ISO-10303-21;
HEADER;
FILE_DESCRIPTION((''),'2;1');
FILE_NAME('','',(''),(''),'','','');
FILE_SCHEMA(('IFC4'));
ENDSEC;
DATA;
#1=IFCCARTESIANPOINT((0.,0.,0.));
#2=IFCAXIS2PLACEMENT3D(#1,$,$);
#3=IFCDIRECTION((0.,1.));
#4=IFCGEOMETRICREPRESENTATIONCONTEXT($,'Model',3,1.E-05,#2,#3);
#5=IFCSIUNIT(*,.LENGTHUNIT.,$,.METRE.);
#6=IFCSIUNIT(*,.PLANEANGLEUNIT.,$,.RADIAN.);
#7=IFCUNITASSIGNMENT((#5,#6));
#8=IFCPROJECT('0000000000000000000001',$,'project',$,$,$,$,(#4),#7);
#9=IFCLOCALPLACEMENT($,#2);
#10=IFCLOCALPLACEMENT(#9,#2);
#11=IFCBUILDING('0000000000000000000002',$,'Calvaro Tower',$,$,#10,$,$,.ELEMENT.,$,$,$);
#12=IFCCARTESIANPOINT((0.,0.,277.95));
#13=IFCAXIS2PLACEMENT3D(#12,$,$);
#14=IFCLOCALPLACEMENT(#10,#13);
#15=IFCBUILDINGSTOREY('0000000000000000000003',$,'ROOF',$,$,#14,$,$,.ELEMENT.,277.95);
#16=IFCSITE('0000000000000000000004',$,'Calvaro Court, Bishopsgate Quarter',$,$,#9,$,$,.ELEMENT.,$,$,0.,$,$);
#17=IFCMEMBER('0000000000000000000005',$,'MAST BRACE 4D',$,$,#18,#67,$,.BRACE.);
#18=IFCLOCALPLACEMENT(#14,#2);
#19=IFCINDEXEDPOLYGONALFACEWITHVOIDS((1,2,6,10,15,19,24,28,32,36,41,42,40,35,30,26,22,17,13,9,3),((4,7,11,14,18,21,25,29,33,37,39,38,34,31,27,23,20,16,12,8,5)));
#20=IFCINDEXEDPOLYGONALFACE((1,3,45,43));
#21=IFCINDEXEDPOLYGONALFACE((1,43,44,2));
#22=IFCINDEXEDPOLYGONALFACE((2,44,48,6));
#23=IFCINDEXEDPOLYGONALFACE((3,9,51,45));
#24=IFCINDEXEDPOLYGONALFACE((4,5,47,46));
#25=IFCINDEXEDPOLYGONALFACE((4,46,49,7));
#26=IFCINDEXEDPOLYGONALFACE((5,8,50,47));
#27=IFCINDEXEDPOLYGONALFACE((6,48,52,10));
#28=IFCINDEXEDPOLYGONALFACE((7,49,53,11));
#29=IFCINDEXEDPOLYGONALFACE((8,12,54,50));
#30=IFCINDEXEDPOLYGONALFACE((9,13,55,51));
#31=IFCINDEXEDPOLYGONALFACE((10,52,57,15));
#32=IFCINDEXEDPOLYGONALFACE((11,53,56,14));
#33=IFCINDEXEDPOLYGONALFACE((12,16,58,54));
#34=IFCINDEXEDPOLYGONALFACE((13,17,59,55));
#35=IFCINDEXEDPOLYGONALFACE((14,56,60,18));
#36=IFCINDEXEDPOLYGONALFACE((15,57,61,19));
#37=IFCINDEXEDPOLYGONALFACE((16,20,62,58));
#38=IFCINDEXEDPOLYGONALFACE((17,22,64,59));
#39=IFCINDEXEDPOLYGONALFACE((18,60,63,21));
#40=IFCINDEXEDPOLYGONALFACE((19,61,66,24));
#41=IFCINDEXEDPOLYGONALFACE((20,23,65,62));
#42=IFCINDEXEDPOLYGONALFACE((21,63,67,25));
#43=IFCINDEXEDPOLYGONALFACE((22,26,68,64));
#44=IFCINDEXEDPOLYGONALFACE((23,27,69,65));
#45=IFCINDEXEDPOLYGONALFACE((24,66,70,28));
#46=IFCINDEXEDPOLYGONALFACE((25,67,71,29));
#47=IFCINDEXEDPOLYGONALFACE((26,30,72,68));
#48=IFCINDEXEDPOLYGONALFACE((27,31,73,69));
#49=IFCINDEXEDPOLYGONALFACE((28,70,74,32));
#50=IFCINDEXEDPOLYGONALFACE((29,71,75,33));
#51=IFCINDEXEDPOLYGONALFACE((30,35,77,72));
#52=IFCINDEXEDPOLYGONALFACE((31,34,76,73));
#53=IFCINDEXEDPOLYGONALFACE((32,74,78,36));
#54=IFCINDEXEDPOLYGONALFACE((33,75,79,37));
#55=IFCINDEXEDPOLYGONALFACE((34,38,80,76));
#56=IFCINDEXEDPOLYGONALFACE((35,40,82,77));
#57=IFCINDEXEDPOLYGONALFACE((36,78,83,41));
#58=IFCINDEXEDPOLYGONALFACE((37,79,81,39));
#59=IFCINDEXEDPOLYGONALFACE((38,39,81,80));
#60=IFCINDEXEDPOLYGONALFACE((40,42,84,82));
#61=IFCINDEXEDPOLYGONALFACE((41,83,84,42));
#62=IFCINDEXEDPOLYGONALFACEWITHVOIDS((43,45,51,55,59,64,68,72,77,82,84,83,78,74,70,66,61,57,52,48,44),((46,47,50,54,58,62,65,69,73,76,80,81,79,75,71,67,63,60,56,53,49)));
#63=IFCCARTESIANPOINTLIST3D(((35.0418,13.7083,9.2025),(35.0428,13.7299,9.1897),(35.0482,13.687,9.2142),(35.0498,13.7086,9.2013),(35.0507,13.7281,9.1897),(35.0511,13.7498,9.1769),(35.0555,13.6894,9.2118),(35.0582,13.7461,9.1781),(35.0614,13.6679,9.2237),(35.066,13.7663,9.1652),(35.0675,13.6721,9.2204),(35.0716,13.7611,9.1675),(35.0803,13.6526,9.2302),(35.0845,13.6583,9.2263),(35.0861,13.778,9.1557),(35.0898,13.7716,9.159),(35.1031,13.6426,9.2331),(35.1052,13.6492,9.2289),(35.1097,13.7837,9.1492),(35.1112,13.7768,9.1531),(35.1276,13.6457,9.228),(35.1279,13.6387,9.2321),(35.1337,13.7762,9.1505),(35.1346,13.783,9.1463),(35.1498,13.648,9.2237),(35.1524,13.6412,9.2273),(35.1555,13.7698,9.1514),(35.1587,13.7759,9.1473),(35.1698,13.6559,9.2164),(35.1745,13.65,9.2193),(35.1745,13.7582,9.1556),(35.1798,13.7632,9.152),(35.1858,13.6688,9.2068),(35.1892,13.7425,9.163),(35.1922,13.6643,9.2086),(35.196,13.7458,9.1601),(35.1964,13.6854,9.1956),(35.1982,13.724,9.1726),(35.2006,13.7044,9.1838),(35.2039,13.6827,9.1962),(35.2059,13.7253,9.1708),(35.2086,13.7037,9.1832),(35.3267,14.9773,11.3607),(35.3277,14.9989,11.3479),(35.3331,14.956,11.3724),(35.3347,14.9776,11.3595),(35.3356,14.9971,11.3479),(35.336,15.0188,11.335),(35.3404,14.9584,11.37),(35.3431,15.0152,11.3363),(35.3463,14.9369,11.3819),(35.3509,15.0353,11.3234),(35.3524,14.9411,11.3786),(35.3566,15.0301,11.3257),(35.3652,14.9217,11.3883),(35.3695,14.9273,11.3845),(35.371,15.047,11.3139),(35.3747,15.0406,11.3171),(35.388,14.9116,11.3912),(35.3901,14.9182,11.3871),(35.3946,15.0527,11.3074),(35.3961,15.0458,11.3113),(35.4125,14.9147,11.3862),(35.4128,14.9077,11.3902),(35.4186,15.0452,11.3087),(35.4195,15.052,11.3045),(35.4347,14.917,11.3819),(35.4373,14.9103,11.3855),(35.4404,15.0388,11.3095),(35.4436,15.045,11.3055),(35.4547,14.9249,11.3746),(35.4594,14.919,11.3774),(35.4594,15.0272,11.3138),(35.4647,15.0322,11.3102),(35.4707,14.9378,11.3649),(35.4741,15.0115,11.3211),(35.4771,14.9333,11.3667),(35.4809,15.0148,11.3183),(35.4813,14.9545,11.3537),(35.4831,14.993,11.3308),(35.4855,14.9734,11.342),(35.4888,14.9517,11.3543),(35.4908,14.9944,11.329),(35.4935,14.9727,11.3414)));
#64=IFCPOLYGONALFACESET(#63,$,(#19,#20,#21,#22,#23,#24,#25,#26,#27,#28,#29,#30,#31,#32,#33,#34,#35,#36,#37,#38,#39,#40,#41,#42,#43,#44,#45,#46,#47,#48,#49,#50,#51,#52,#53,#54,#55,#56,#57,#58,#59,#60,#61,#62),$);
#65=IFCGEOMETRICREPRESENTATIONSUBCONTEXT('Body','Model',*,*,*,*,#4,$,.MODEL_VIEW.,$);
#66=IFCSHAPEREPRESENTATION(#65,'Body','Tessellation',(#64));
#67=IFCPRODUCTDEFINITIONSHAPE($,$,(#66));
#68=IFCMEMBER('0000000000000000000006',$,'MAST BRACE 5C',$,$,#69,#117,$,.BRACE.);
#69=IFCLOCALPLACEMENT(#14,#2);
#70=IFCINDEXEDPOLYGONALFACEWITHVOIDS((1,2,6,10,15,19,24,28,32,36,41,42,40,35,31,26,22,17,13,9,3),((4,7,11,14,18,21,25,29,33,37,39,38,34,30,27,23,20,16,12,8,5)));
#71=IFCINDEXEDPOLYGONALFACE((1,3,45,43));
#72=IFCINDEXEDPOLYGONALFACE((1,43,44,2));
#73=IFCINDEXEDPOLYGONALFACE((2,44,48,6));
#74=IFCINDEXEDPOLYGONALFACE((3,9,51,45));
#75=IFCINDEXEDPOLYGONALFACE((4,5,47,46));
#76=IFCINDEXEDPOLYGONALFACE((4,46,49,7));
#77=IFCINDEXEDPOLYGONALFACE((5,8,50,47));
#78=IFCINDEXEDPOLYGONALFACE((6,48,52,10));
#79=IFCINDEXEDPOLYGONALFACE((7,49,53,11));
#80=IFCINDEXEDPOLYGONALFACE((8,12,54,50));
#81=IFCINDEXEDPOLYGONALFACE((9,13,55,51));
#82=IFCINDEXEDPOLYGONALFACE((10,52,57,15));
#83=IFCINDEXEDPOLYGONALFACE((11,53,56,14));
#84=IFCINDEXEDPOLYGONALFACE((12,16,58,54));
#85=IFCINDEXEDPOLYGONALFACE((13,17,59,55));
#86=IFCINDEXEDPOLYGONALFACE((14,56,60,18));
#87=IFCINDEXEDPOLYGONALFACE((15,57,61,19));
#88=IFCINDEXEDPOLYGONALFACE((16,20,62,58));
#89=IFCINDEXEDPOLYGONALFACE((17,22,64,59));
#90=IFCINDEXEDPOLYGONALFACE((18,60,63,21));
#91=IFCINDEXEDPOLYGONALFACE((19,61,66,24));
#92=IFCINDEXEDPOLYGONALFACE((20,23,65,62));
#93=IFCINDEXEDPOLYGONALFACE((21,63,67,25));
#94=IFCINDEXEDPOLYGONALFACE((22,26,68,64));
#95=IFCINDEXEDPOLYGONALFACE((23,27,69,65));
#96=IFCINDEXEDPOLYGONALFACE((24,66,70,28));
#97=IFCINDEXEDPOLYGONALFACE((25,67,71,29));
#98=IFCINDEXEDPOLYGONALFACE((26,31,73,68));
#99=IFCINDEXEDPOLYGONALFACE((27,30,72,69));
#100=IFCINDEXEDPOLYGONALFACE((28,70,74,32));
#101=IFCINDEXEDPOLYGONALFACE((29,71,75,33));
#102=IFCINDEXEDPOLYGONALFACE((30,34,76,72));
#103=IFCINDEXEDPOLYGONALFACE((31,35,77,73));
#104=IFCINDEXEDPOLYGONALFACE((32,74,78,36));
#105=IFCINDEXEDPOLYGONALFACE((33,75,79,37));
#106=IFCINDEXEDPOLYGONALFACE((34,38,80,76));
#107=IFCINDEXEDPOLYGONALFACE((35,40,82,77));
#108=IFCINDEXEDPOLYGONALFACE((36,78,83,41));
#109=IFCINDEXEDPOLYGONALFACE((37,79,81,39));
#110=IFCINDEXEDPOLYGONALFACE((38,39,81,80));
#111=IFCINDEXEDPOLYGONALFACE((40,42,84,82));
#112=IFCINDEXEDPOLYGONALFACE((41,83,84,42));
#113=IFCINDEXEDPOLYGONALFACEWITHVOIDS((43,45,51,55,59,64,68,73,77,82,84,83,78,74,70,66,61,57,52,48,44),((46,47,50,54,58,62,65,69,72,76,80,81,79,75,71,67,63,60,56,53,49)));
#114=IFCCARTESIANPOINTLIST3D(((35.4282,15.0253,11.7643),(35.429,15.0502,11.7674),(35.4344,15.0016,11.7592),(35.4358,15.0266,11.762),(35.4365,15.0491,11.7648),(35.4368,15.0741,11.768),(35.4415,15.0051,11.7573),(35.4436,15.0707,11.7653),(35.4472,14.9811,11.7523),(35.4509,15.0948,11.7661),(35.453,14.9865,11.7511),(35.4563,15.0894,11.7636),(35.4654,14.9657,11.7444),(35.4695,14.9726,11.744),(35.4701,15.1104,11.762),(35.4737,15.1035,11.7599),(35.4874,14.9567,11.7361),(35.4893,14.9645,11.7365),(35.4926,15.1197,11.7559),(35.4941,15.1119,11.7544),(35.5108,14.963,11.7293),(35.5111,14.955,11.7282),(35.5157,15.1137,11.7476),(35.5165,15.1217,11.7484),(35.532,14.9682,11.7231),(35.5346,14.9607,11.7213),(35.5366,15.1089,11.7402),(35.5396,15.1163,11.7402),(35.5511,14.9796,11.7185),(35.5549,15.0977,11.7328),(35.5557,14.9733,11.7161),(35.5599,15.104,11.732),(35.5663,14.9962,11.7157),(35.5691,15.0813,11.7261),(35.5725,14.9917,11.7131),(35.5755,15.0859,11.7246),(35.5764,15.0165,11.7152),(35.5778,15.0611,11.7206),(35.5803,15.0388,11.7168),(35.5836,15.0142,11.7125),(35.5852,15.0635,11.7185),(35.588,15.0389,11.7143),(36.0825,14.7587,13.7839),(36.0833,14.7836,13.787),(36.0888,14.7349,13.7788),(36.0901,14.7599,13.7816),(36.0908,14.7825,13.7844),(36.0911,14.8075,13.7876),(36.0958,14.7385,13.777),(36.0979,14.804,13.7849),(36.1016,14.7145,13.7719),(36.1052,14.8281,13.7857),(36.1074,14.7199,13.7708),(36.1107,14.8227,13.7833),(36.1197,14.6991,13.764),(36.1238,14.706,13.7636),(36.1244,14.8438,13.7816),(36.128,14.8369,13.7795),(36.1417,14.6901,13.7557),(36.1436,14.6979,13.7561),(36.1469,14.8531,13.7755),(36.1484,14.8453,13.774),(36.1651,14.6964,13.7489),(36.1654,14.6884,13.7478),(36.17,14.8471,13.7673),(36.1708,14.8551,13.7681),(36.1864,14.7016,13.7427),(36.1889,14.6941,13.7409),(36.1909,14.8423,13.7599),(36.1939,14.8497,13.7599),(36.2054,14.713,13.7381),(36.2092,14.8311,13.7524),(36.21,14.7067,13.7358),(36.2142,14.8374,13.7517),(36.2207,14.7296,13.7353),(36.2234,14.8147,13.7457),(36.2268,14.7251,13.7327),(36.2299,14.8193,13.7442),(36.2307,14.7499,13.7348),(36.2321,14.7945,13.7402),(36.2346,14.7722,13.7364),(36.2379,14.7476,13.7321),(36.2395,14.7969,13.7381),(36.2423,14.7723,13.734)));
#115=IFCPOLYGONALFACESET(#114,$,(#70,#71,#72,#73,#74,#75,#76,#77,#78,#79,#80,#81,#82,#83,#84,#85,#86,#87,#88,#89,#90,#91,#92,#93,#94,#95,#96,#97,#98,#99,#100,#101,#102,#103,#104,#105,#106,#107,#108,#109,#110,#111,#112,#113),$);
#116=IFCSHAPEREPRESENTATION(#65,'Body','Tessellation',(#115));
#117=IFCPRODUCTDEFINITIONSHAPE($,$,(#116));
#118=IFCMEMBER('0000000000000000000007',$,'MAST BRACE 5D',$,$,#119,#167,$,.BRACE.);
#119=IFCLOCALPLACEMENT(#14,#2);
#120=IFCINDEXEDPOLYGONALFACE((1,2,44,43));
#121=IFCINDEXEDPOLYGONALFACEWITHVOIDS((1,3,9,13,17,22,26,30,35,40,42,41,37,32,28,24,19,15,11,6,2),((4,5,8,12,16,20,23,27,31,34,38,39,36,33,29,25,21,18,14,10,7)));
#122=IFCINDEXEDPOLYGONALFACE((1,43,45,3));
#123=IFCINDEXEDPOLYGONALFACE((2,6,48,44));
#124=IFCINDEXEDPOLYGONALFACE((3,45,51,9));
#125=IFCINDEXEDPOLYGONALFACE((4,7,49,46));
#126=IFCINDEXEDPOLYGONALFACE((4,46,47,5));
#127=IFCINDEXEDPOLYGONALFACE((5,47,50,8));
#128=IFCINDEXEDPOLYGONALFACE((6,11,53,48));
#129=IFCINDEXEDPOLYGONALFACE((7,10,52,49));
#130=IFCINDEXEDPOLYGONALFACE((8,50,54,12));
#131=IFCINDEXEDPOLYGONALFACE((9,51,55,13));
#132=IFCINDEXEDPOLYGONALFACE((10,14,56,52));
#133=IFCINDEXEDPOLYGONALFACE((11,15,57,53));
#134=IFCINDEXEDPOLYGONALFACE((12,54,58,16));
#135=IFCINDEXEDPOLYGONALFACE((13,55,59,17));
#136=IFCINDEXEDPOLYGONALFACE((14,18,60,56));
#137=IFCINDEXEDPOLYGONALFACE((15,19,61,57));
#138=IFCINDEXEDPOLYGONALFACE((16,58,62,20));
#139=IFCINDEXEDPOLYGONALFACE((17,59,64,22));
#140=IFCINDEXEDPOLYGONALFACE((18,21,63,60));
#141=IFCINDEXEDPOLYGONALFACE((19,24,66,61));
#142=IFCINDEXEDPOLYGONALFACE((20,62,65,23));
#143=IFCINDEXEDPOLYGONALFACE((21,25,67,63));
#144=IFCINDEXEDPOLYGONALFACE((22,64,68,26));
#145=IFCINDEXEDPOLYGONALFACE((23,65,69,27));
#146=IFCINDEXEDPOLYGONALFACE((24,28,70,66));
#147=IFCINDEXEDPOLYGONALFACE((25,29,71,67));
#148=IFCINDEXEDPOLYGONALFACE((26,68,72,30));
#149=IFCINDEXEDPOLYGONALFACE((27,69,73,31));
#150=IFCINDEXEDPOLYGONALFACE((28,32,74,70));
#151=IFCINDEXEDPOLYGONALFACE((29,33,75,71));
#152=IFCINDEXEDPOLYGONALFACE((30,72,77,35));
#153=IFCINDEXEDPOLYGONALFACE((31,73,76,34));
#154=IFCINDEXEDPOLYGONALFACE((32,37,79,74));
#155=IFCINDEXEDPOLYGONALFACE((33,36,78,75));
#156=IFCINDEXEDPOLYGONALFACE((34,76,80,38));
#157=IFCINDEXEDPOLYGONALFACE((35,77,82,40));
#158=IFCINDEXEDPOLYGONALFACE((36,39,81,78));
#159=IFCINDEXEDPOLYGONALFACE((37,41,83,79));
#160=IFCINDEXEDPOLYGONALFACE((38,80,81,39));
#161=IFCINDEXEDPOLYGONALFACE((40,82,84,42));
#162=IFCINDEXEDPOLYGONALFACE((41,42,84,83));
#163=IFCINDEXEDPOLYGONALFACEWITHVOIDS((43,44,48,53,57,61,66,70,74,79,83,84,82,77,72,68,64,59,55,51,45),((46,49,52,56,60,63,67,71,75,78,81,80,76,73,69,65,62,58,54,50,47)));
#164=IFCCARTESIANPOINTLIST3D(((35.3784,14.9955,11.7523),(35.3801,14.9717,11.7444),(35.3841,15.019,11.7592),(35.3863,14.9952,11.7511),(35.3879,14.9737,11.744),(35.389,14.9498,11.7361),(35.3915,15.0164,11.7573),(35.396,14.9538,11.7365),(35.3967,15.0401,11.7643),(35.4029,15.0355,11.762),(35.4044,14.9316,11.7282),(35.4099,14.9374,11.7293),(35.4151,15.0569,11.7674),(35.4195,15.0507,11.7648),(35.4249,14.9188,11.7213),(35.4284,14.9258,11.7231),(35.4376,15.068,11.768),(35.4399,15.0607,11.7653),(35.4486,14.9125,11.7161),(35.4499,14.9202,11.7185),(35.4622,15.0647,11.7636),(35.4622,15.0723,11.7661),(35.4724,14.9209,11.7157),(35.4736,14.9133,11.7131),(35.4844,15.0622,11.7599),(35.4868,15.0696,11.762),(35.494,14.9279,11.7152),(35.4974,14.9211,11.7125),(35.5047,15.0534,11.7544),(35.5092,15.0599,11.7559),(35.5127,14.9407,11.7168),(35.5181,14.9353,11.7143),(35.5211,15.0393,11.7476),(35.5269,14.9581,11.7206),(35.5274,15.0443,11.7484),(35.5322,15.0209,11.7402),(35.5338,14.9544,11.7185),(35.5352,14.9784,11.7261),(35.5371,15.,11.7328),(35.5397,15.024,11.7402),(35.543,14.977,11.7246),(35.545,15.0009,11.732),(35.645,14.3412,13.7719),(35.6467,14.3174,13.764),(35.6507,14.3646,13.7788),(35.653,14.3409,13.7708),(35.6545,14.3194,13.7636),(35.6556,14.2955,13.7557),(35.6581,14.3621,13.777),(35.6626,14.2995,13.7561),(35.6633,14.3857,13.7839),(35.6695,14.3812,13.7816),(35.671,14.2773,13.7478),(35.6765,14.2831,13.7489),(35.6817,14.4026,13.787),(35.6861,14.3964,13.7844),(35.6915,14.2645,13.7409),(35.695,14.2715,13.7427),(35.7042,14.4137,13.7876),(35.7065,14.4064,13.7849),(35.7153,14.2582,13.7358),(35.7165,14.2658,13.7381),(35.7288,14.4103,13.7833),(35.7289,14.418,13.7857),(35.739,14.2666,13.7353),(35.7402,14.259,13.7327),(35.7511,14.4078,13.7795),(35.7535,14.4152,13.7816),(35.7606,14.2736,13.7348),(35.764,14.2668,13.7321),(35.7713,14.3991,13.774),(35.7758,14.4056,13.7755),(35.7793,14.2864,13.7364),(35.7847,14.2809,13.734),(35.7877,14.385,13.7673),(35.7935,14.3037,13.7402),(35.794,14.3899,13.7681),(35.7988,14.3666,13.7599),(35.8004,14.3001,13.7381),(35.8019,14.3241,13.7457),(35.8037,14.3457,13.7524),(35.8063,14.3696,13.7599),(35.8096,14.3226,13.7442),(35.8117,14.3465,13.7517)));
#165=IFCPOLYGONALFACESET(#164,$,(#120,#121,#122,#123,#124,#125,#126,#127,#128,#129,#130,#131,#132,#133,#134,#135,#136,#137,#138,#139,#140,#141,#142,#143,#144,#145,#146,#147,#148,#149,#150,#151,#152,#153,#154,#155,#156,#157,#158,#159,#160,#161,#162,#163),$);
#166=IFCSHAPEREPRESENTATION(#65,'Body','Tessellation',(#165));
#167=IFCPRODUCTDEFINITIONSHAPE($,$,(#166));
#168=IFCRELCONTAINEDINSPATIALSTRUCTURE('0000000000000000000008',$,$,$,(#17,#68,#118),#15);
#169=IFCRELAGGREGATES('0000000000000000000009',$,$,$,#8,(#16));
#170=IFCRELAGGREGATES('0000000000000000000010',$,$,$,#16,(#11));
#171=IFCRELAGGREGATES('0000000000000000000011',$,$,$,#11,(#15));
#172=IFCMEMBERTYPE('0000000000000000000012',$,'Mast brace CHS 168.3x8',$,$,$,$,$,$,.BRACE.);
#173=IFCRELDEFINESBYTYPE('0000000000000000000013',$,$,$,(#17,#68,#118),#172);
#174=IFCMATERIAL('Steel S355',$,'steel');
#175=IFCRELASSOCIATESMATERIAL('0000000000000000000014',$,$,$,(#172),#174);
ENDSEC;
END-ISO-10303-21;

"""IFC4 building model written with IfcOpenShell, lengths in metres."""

from ifc_helpers import new_model, si_unit, direction, frame, origin, origin_2d, place, context, subcontext, project, spatial, hollow_circle, extrude, material, material_profile, profile_set, type_object, element, save


model = new_model("IFC4")

# Units and contexts
model_context = context("Model", 3, precision=1e-05, world=origin(), true_north=direction((0.0, 1.0)))
body_context = subcontext(model_context, "Body", "Model", "MODEL_VIEW")
ifc_project = project(units=[si_unit("LENGTHUNIT", "METRE"), si_unit("PLANEANGLEUNIT", "RADIAN")], contexts=[model_context])

# Site, building, storey
site_placement = place(None, origin())
site = spatial("IfcSite", under=ifc_project, at=site_placement, Name="Calvaro Court, Bishopsgate Quarter", CompositionType="ELEMENT", RefElevation=0.0)
building_placement = place(site_placement, origin())
building = spatial("IfcBuilding", under=site, at=building_placement, Name="Calvaro Tower", CompositionType="ELEMENT")
storey_placement = place(building_placement, frame((0.0, 0.0, 277.95)))
storey = spatial("IfcBuildingStorey", under=building, at=storey_placement, Name="ROOF", CompositionType="ELEMENT", Elevation=277.95)

# Members
ifc_material_1 = material(Name="Steel S355", Category="steel")
ifc_material_profile_1 = material_profile(ifc_material_1, hollow_circle(Radius=0.0842, WallThickness=0.0081, at=origin_2d()), Name="CHS 168.3x8")
ifc_profile_set_1 = profile_set([ifc_material_profile_1], Name="Steel S355")
member_type_1 = type_object("IfcMemberType", Name="Mast brace CHS 168.3x8", PredefinedType="BRACE", material=ifc_profile_set_1)
for number, where, z_axis, x_axis, name in (
    (1, (35.125, 13.7114, 9.1897), (0.113069, 0.503625, 0.856491), (-0.975712, 0.219057, 0.0), "MAST BRACE 4D"),
):
    element("IfcMember", number, at=place(storey_placement, frame(where, z_axis=z_axis, x_axis=x_axis)), inside=storey, type_object=member_type_1, Name=name, PredefinedType="BRACE", context=body_context, shape_type="SweptSolid", body=[
        extrude(hollow_circle(Radius=0.0842, WallThickness=0.0081, at=origin_2d()), origin(), (0.0, 0.0, 1.0), 2.5198),
    ])
for number, where, z_axis, x_axis, name in (
    (2, (35.5078, 15.0383, 11.7402), (0.30581, -0.124606, 0.943903), (0.377341, 0.926074, 0.0), "MAST BRACE 5C"),
    (3, (35.4617, 14.9922, 11.7402), (0.124606, -0.30581, 0.943903), (0.926074, 0.377341, 0.0), "MAST BRACE 5D"),
):
    element("IfcMember", number, at=place(storey_placement, frame(where, z_axis=z_axis, x_axis=x_axis)), inside=storey, type_object=member_type_1, Name=name, PredefinedType="BRACE", context=body_context, shape_type="SweptSolid", body=[
        extrude(hollow_circle(Radius=0.0842, WallThickness=0.0081, at=origin_2d()), origin(), (0.0, 0.0, 1.0), 2.1396),
    ])

save(model, "model.ifc")
